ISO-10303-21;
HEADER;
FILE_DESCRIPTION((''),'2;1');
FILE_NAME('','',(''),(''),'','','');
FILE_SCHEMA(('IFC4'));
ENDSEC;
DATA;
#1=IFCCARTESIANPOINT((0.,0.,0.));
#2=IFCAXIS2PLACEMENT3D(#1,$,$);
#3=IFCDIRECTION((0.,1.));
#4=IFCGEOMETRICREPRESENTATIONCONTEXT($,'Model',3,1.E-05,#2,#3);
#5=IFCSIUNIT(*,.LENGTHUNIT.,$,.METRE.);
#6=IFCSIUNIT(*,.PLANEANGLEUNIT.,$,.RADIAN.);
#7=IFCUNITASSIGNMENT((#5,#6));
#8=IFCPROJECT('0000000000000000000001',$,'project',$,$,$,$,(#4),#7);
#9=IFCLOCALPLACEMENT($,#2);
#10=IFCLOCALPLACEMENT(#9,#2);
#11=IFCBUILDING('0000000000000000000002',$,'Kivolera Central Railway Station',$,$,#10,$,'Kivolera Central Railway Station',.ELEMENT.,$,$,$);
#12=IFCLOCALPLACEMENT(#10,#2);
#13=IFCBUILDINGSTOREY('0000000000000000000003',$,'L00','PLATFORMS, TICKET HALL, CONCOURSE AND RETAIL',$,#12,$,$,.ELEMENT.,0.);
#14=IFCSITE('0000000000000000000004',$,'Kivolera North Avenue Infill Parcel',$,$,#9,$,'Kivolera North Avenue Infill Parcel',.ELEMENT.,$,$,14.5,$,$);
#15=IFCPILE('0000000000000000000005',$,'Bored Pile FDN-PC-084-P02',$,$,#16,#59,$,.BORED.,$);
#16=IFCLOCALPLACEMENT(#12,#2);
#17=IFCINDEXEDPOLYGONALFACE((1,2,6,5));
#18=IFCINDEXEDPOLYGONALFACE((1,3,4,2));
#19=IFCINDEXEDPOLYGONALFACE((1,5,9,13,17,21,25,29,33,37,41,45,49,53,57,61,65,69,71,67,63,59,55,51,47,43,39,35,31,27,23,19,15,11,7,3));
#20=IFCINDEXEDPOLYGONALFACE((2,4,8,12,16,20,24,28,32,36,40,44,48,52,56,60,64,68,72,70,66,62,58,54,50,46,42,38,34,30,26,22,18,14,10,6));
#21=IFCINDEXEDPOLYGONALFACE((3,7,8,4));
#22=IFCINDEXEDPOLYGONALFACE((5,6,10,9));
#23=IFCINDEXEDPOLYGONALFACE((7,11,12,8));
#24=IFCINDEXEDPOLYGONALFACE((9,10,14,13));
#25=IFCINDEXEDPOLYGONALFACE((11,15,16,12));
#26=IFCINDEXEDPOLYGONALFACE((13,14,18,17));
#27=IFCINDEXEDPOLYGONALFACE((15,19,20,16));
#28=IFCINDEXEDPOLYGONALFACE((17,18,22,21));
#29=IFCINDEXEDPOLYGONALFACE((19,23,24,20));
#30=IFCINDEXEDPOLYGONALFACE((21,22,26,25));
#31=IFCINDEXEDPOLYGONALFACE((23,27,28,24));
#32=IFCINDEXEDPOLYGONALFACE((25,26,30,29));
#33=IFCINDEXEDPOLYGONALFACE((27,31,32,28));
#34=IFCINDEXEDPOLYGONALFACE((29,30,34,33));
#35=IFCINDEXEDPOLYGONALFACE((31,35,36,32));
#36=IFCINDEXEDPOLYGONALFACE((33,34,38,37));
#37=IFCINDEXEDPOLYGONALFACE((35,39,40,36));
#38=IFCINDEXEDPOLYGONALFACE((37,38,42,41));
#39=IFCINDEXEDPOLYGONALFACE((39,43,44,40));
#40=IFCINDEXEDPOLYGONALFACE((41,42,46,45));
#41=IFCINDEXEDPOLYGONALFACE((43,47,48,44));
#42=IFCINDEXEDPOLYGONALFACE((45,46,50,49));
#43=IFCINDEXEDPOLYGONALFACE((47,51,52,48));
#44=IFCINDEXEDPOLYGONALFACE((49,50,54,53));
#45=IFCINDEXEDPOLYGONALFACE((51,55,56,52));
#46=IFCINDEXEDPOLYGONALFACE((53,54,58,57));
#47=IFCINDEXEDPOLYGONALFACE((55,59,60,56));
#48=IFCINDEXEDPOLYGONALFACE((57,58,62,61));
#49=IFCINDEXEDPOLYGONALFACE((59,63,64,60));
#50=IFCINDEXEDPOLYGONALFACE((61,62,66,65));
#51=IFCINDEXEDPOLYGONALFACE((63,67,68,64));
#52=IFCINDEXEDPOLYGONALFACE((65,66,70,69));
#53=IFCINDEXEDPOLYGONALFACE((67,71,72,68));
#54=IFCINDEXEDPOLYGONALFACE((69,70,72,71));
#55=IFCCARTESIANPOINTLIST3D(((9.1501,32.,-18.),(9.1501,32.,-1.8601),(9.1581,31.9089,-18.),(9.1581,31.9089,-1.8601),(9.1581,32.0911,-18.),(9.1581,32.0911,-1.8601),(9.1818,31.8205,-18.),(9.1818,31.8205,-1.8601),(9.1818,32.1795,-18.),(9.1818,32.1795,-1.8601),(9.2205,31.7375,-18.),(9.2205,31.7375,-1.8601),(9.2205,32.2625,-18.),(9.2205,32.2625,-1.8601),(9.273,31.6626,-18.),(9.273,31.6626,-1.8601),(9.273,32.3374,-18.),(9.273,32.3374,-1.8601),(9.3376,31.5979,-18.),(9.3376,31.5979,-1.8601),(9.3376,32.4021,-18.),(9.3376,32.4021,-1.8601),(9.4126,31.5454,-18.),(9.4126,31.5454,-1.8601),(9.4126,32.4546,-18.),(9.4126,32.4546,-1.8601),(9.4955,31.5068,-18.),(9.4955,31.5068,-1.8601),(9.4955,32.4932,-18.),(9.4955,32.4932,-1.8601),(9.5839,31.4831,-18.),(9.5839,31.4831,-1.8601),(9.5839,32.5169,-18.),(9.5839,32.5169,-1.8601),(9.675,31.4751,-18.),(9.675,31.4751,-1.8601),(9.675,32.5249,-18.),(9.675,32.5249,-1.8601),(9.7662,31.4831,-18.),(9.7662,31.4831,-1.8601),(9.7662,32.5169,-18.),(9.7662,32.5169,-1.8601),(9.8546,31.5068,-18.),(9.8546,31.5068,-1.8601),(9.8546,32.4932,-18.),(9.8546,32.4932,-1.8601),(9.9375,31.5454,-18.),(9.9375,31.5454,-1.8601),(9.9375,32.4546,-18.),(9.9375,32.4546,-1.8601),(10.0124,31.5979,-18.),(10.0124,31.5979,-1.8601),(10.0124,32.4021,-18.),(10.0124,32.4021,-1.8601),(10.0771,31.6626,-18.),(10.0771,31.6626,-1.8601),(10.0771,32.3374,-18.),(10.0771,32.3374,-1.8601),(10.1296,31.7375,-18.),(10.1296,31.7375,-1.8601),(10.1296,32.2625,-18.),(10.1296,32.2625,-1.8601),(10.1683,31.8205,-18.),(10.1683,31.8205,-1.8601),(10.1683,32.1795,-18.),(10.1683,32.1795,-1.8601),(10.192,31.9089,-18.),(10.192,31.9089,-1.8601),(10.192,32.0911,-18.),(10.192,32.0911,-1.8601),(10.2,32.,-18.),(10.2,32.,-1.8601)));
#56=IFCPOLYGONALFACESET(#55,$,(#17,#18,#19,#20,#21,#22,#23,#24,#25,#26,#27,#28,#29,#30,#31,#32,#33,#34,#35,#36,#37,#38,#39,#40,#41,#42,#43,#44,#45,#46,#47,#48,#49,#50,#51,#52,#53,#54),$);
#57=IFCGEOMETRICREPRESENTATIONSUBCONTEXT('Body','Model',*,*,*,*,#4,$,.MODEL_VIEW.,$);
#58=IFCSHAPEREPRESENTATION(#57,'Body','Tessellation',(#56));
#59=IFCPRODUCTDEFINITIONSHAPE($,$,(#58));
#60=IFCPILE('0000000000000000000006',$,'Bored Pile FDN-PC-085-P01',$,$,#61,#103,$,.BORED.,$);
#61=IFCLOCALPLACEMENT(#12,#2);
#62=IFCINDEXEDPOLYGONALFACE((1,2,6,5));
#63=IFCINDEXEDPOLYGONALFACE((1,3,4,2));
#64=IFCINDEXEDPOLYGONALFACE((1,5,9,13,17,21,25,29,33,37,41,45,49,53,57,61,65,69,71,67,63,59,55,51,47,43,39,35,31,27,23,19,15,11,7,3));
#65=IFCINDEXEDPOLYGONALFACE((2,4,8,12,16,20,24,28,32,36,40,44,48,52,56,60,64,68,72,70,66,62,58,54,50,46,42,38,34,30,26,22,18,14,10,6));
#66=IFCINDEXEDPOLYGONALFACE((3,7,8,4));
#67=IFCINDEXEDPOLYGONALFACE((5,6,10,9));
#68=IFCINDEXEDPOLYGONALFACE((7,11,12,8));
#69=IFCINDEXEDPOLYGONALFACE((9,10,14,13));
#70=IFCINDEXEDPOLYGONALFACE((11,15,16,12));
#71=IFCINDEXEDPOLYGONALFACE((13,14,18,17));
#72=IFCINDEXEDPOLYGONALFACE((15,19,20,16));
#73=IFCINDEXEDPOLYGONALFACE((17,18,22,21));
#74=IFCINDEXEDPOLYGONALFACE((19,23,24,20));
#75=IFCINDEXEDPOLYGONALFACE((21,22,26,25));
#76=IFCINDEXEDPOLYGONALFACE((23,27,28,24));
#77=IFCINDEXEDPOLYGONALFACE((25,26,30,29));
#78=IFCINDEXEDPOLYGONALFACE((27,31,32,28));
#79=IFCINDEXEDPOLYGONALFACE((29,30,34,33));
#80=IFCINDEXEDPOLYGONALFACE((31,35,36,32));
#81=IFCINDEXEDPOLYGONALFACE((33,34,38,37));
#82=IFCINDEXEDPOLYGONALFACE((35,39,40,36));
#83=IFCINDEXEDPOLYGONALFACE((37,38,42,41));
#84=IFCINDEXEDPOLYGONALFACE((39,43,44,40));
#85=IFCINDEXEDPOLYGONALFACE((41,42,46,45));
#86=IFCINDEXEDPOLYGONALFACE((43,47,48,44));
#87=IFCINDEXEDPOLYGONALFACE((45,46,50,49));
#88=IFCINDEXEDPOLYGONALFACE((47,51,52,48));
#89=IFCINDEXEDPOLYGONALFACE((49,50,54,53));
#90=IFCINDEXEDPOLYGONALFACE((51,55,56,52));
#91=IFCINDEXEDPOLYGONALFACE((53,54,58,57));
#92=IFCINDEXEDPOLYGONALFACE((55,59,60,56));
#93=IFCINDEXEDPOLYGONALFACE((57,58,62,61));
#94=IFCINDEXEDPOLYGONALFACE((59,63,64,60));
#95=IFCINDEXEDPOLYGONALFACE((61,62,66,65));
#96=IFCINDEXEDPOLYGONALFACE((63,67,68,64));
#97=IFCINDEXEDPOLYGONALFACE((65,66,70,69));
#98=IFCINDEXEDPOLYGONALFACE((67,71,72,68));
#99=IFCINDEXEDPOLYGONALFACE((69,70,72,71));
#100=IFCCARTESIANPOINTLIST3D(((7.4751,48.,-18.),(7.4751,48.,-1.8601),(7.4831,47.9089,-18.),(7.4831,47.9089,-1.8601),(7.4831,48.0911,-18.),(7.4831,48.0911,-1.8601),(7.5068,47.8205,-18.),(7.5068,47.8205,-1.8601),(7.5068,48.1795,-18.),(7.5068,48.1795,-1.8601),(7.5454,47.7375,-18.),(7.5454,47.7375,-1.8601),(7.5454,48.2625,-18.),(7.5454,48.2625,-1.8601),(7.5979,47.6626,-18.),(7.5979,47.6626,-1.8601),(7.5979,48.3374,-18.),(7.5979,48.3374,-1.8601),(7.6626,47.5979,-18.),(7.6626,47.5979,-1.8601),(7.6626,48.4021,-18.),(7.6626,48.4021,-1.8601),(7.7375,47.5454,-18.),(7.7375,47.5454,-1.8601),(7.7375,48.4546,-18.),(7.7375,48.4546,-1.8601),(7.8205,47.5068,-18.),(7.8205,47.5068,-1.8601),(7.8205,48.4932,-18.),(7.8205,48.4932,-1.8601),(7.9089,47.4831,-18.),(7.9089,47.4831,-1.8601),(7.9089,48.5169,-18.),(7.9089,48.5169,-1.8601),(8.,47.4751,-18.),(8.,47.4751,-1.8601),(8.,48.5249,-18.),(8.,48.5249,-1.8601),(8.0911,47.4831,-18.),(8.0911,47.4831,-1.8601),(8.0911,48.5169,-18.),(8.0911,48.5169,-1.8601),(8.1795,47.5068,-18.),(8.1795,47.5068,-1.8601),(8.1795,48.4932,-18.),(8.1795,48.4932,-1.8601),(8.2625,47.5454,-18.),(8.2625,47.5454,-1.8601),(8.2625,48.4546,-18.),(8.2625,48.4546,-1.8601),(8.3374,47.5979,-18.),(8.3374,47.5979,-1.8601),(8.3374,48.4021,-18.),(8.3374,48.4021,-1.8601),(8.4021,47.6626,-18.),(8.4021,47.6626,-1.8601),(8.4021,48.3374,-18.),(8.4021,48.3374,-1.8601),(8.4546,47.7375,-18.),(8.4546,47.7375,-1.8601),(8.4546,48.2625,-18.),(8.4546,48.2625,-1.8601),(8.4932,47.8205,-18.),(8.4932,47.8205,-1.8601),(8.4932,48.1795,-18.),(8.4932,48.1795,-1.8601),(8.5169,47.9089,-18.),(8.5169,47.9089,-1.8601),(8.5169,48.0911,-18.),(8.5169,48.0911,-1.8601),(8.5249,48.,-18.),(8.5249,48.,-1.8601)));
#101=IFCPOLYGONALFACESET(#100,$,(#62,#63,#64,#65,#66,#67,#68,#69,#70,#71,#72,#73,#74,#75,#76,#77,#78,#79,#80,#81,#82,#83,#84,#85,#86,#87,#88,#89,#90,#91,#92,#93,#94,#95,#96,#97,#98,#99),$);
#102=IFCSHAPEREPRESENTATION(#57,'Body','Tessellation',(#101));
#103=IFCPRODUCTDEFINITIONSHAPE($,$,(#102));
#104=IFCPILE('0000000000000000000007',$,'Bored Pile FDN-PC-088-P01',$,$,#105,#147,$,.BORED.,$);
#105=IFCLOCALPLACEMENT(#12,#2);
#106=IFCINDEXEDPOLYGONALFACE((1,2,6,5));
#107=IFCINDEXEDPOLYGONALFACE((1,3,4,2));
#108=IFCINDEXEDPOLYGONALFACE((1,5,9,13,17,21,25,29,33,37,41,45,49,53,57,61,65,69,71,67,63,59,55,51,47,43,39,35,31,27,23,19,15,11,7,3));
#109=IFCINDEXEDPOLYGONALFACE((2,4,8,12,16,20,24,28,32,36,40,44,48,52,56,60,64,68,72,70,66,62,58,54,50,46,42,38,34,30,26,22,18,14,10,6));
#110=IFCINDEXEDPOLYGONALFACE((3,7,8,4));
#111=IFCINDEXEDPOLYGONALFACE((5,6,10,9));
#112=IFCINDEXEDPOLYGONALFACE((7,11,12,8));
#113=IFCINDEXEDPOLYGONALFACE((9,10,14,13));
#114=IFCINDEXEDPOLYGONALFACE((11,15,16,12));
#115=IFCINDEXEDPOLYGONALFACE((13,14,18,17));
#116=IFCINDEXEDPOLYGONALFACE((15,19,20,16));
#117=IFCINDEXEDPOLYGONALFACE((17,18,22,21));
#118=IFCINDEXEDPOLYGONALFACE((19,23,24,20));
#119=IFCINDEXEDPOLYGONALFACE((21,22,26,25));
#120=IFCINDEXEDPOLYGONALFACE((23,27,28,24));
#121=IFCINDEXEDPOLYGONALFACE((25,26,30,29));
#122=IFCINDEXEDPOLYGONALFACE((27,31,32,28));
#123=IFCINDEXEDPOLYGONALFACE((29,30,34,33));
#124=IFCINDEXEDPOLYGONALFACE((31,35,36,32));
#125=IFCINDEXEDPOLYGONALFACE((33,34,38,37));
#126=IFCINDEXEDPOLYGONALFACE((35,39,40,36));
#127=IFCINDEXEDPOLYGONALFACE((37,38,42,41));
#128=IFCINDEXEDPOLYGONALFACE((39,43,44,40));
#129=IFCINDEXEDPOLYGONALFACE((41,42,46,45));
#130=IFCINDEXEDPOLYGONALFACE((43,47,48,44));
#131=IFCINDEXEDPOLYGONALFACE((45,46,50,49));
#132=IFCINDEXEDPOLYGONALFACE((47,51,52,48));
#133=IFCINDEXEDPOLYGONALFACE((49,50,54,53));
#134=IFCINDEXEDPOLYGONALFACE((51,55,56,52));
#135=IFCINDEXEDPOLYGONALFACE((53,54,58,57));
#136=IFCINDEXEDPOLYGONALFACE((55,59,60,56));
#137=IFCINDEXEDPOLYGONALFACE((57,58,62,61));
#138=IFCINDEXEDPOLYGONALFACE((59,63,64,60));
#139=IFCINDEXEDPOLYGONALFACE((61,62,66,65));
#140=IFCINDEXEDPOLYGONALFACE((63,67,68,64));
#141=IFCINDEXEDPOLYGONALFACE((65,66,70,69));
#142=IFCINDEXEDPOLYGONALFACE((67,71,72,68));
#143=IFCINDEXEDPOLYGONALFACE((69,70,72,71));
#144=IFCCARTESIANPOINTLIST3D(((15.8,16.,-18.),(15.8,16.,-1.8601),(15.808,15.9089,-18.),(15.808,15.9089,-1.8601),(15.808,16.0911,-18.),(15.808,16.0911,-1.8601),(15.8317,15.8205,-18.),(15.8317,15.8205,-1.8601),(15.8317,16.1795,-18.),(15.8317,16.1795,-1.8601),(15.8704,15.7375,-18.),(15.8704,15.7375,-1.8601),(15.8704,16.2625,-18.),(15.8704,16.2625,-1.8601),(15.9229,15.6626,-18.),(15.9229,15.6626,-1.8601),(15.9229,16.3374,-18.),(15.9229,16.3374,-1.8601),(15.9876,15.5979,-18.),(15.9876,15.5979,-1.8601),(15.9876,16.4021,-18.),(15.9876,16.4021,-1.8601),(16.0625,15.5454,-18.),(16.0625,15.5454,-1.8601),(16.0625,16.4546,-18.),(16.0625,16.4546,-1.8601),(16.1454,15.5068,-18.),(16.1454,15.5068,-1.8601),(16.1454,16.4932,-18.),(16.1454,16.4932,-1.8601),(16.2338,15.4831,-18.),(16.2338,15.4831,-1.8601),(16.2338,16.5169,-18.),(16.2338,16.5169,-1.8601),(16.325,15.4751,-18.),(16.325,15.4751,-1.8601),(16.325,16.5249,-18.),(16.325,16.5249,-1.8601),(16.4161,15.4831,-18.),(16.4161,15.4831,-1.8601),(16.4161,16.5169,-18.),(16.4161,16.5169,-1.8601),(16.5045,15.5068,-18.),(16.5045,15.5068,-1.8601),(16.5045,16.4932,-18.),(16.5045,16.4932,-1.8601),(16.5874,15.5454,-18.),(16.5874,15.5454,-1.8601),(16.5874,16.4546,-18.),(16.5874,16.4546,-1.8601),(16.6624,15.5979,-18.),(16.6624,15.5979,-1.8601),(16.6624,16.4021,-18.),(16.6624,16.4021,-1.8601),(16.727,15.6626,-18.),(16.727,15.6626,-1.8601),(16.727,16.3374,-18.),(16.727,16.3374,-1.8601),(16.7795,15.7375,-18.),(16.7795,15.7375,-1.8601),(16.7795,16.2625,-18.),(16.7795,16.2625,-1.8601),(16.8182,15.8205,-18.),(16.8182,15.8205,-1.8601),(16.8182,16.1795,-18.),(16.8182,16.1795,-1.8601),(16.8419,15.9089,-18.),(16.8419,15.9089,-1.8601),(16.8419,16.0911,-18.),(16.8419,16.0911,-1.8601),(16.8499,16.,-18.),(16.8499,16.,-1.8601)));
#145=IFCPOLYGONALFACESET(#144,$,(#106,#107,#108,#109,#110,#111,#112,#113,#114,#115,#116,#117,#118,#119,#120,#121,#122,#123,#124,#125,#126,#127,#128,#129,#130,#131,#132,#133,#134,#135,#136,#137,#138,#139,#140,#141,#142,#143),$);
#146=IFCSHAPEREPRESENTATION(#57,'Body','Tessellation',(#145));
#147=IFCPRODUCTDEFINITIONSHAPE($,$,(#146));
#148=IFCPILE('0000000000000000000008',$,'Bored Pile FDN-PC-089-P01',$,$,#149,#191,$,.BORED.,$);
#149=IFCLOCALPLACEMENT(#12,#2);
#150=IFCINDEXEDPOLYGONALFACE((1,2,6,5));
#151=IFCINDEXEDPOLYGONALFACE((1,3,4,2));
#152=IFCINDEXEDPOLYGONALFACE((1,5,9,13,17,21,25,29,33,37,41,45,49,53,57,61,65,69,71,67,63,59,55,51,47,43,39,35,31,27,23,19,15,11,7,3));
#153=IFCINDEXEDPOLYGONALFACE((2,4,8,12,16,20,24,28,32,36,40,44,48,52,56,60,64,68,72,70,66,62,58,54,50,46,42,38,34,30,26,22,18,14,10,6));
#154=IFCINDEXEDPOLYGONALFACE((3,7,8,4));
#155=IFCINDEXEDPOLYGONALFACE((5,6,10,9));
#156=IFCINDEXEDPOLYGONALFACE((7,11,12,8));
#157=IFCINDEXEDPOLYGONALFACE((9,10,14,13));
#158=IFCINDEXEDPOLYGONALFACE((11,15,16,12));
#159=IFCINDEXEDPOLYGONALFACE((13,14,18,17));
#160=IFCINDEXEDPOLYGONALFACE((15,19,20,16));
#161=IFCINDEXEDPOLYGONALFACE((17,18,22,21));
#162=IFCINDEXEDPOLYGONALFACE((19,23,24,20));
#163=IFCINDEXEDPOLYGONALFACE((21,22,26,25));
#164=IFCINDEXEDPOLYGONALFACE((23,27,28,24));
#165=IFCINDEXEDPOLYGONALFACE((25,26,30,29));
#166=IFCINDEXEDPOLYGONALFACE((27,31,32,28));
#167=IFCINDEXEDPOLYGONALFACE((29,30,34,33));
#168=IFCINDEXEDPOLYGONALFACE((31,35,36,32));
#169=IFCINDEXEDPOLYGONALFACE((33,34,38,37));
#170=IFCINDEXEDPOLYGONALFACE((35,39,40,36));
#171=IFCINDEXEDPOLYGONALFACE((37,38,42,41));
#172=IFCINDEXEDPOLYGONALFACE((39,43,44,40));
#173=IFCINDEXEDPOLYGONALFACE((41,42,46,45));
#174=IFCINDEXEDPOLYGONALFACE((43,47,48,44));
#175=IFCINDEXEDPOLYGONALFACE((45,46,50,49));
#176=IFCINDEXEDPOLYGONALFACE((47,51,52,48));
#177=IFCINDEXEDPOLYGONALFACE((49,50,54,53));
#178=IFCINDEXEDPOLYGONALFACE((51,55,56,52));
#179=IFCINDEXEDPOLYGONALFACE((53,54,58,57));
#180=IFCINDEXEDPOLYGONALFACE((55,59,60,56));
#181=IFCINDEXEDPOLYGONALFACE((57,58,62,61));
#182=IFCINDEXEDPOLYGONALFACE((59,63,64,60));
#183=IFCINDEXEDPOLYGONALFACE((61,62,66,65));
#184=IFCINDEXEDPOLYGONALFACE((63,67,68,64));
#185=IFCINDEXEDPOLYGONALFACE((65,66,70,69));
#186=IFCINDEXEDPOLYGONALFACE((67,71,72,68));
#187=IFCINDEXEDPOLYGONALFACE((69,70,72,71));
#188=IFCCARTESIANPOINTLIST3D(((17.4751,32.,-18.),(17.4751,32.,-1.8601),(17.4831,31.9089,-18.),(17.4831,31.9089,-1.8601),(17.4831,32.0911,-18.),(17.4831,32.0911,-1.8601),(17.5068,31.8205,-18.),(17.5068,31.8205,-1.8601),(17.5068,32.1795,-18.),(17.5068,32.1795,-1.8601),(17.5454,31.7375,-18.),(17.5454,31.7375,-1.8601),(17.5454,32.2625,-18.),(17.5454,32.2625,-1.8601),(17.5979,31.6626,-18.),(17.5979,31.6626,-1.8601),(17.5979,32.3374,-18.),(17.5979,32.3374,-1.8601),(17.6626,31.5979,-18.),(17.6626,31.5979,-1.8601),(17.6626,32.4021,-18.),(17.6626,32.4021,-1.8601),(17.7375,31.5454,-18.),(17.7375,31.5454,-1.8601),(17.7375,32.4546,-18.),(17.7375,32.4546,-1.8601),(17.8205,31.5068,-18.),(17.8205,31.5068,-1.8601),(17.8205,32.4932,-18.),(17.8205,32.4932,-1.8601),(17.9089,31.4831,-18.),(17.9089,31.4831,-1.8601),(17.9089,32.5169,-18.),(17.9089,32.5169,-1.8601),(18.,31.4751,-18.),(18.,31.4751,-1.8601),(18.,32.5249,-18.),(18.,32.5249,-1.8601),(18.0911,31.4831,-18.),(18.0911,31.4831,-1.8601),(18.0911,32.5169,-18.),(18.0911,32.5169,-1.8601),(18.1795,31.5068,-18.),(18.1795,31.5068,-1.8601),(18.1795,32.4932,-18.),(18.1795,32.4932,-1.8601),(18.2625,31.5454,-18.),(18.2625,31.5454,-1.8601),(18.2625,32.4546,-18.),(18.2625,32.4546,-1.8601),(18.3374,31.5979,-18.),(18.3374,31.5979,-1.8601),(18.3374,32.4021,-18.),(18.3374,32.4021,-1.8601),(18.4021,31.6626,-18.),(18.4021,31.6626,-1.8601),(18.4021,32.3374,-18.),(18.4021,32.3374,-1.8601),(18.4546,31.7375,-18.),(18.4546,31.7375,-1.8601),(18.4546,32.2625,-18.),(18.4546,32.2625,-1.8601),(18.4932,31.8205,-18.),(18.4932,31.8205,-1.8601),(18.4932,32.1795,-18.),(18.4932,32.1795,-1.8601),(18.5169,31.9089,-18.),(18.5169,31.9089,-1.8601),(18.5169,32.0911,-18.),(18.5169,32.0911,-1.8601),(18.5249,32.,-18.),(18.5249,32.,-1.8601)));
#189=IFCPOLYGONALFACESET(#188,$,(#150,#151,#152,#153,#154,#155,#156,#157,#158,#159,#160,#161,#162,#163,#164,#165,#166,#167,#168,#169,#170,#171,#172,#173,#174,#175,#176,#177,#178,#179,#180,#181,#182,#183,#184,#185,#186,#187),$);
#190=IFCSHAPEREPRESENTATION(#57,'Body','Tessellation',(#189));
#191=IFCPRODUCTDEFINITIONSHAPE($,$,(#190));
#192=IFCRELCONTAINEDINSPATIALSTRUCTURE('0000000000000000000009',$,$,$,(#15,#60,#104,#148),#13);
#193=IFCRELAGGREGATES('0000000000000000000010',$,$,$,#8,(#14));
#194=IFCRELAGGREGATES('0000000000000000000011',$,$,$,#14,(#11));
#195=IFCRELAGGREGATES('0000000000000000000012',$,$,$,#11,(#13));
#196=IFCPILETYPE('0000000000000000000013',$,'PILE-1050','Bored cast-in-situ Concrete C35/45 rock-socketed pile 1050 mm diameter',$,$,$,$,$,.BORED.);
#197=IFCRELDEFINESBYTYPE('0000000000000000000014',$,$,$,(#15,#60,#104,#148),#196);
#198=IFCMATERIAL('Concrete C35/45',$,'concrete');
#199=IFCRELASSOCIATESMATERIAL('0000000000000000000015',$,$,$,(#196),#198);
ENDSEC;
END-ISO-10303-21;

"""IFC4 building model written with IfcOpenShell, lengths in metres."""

from ifc_helpers import new_model, si_unit, direction, frame, origin, origin_2d, place, context, subcontext, project, spatial, circle, extrude, material, material_profile, profile_set, type_object, element, save


model = new_model("IFC4")

# Units and contexts
model_context = context("Model", 3, precision=1e-05, world=origin(), true_north=direction((0.0, 1.0)))
body_context = subcontext(model_context, "Body", "Model", "MODEL_VIEW")
ifc_project = project(units=[si_unit("LENGTHUNIT", "METRE"), si_unit("PLANEANGLEUNIT", "RADIAN")], contexts=[model_context])

# Site, building, storey
site_placement = place(None, origin())
site = spatial("IfcSite", under=ifc_project, at=site_placement, Name="Kivolera North Avenue Infill Parcel", LongName="Kivolera North Avenue Infill Parcel", CompositionType="ELEMENT", RefElevation=14.5)
building_placement = place(site_placement, origin())
building = spatial("IfcBuilding", under=site, at=building_placement, Name="Kivolera Central Railway Station", LongName="Kivolera Central Railway Station", CompositionType="ELEMENT")
storey_placement = place(building_placement, origin())
storey = spatial("IfcBuildingStorey", under=building, at=storey_placement, Name="L00", Description="PLATFORMS, TICKET HALL, CONCOURSE AND RETAIL", CompositionType="ELEMENT", Elevation=0.0)

# Shared definitions
ifc_material_1 = material(Name="Concrete C35/45", Category="concrete")

# Piles
ifc_material_profile_1 = material_profile(ifc_material_1, circle(Radius=0.5249, at=origin_2d()), Name="PILE D1050")
ifc_profile_set_1 = profile_set([ifc_material_profile_1], Name="Concrete C35/45")
pile_type = type_object("IfcPileType", Name="PILE-1050", Description="Bored cast-in-situ Concrete C35/45 rock-socketed pile 1050 mm diameter", PredefinedType="BORED", material=ifc_profile_set_1)
for number, where, z_axis, x_axis, name in (
    (1, (9.675, 32.0, -1.8601), (0.0, 0.0, -1.0), (1.0, 0.0, 0.0), "Bored Pile FDN-PC-084-P02"),
    (2, (8.0, 48.0, -1.8601), (0.0, 0.0, -1.0), (1.0, 0.0, 0.0), "Bored Pile FDN-PC-085-P01"),
    (3, (16.325, 16.0, -1.8601), (0.0, 0.0, -1.0), (1.0, 0.0, 0.0), "Bored Pile FDN-PC-088-P01"),
    (4, (18.0, 32.0, -1.8601), (0.0, 0.0, -1.0), (1.0, 0.0, 0.0), "Bored Pile FDN-PC-089-P01"),
):
    element("IfcPile", number, at=place(storey_placement, frame(where, z_axis=z_axis, x_axis=x_axis)), inside=storey, type_object=pile_type, Name=name, PredefinedType="BORED", context=body_context, shape_type="SweptSolid", body=[
        extrude(circle(Radius=0.5249, at=origin_2d()), origin(), (0.0, 0.0, 1.0), 16.1399),
    ])

save(model, "model.ifc")
